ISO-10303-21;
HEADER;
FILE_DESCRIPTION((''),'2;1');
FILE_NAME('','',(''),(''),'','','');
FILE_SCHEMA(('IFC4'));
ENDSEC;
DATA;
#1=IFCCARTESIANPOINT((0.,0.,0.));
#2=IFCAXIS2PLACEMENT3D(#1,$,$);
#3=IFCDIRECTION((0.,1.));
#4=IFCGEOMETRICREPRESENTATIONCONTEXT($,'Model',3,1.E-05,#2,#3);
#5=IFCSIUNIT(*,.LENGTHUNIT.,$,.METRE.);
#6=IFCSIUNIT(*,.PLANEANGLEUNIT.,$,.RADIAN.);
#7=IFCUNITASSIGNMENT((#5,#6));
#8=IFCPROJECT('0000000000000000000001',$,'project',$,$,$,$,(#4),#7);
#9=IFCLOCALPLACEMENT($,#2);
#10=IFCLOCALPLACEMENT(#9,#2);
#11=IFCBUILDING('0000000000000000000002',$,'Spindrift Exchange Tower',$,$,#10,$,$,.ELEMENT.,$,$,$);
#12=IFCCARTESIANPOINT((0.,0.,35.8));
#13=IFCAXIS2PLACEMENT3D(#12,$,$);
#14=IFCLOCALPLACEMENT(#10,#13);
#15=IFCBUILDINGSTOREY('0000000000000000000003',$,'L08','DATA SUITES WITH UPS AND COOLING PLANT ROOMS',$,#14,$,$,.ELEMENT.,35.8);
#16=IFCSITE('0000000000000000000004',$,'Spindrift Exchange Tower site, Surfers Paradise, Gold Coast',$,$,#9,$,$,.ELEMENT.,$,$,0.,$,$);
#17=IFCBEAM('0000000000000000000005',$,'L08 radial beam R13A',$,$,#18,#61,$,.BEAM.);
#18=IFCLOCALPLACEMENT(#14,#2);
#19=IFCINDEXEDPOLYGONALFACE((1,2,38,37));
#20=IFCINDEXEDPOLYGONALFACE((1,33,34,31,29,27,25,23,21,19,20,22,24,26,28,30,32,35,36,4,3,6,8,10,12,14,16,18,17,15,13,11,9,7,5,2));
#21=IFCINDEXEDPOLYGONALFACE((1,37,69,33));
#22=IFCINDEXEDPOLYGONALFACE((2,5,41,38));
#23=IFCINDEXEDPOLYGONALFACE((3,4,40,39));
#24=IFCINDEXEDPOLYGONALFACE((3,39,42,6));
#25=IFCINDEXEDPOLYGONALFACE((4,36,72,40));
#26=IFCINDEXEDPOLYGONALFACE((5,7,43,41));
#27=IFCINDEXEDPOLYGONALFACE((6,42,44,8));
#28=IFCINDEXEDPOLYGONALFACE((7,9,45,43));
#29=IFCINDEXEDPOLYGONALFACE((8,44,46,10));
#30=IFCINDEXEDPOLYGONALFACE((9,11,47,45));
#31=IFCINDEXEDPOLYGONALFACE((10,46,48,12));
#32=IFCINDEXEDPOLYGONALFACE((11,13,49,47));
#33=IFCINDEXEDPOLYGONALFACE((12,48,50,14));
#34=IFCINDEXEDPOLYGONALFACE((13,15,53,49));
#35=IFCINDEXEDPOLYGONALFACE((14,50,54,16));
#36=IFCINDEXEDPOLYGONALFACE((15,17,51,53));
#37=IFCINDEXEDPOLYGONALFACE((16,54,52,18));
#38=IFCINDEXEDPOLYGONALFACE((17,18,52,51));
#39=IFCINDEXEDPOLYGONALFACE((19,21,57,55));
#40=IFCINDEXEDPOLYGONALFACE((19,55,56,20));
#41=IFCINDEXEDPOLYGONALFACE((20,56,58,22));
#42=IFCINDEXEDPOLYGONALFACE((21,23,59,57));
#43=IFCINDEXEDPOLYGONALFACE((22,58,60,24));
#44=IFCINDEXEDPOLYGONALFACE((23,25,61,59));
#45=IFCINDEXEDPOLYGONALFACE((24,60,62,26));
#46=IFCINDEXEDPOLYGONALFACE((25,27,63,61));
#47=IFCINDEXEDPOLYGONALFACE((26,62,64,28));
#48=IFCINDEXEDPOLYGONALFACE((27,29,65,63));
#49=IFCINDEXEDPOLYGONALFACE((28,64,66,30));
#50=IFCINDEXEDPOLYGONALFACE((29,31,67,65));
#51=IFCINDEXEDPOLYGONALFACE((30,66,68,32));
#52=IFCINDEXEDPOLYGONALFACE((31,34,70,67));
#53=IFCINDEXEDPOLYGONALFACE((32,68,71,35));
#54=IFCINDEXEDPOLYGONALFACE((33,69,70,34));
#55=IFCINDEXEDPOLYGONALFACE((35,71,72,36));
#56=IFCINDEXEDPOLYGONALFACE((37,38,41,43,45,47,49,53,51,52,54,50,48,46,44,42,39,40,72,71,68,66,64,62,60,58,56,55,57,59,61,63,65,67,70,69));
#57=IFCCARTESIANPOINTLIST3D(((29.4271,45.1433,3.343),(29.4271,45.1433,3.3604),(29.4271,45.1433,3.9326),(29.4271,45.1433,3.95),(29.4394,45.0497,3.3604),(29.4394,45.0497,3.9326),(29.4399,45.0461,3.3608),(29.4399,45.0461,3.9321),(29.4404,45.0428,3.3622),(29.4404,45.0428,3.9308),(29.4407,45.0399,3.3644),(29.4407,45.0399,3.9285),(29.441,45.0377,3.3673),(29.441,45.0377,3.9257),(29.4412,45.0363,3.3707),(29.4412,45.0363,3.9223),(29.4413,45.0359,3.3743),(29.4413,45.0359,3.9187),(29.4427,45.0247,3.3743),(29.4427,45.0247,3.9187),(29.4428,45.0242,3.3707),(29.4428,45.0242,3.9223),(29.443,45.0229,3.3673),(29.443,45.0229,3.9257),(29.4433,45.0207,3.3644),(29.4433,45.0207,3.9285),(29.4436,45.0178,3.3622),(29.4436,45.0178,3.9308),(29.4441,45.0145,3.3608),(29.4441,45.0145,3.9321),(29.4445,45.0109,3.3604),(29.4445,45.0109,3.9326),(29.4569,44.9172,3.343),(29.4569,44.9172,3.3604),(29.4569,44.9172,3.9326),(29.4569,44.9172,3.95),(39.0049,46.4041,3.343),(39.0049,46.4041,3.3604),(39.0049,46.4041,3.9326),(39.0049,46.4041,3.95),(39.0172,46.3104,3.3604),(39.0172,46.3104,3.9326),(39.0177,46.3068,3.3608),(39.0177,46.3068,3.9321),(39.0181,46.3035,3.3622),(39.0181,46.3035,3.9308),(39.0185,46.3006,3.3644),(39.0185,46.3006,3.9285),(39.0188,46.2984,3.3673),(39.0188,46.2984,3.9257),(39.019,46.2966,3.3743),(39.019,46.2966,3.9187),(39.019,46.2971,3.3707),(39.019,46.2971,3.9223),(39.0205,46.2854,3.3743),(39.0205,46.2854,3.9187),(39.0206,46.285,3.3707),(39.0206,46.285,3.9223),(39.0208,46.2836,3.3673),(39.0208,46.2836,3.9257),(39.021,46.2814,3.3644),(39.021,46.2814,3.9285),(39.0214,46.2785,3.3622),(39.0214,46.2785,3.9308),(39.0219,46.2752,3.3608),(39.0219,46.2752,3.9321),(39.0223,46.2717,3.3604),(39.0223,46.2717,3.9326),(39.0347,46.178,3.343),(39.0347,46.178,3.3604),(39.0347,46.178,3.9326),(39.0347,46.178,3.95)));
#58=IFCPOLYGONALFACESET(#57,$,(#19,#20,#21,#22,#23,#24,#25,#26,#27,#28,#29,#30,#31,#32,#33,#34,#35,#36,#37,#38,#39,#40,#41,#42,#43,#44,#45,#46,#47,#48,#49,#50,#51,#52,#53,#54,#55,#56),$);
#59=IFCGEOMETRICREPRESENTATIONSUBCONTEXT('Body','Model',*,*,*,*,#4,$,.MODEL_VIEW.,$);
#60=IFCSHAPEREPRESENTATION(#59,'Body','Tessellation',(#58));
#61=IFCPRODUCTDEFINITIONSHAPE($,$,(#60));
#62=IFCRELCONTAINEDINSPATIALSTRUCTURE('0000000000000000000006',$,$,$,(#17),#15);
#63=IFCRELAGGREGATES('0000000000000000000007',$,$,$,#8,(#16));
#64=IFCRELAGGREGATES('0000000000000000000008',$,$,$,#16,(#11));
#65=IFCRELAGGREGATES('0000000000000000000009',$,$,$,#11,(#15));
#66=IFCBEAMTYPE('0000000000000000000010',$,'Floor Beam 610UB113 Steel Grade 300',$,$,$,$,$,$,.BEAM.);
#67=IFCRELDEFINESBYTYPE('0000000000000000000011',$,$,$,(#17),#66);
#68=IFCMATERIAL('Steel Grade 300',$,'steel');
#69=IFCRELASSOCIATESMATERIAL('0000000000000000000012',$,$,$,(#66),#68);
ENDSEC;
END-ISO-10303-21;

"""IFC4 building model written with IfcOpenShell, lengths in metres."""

from ifc_helpers import new_model, si_unit, direction, frame, origin, origin_2d, place, context, subcontext, project, spatial, i_section, extrude, source, transform, mapped, material, material_profile, profile_set, type_object, element, save


model = new_model("IFC4")

# Units and contexts
model_context = context("Model", 3, precision=1e-05, world=origin(), true_north=direction((0.0, 1.0)))
body_context = subcontext(model_context, "Body", "Model", "MODEL_VIEW")
ifc_project = project(units=[si_unit("LENGTHUNIT", "METRE"), si_unit("PLANEANGLEUNIT", "RADIAN")], contexts=[model_context])

# Site, building, storey
site_placement = place(None, origin())
site = spatial("IfcSite", under=ifc_project, at=site_placement, Name="Spindrift Exchange Tower site, Surfers Paradise, Gold Coast", CompositionType="ELEMENT", RefElevation=0.0)
building_placement = place(site_placement, origin())
building = spatial("IfcBuilding", under=site, at=building_placement, Name="Spindrift Exchange Tower", CompositionType="ELEMENT")
storey_placement = place(building_placement, frame((0.0, 0.0, 35.8)))
storey = spatial("IfcBuildingStorey", under=building, at=storey_placement, Name="L08", Description="DATA SUITES WITH UPS AND COOLING PLANT ROOMS", CompositionType="ELEMENT", Elevation=35.8)

# Beam
ifc_material_1 = material(Name="Steel Grade 300", Category="steel")
ifc_material_profile = material_profile(ifc_material_1, i_section(OverallWidth=0.228, OverallDepth=0.6069, WebThickness=0.0112, FlangeThickness=0.0173, FilletRadius=0.0139, at=origin_2d()), Name="610UB113")
ifc_profile_set = profile_set([ifc_material_profile], Name="Steel Grade 300")
beam_type = type_object("IfcBeamType", Name="Floor Beam 610UB113 Steel Grade 300", PredefinedType="BEAM", material=ifc_profile_set)
shared_shape_1 = source(origin(), body_context, "Body", "SweptSolid", [
    extrude(i_section(OverallWidth=0.228, OverallDepth=0.6069, WebThickness=0.0112, FlangeThickness=0.0173, FilletRadius=0.0139, at=origin_2d()), origin(), (0.0, 0.0, 1.0), 9.6604),
])
beam_placement = place(storey_placement, frame((39.0198, 46.291, 3.6465), z_axis=(-0.991448, -0.130505, 0.0), x_axis=(0.130505, -0.991448, 0.0)))
element("IfcBeam", 1, at=beam_placement, inside=storey, type_object=beam_type, Name="L08 radial beam R13A", PredefinedType="BEAM", context=body_context, shape_type="MappedRepresentation", body=[
    mapped(shared_shape_1, transform((0.0, 0.0, 0.0), scale=1.0)),
])

save(model, "model.ifc")
